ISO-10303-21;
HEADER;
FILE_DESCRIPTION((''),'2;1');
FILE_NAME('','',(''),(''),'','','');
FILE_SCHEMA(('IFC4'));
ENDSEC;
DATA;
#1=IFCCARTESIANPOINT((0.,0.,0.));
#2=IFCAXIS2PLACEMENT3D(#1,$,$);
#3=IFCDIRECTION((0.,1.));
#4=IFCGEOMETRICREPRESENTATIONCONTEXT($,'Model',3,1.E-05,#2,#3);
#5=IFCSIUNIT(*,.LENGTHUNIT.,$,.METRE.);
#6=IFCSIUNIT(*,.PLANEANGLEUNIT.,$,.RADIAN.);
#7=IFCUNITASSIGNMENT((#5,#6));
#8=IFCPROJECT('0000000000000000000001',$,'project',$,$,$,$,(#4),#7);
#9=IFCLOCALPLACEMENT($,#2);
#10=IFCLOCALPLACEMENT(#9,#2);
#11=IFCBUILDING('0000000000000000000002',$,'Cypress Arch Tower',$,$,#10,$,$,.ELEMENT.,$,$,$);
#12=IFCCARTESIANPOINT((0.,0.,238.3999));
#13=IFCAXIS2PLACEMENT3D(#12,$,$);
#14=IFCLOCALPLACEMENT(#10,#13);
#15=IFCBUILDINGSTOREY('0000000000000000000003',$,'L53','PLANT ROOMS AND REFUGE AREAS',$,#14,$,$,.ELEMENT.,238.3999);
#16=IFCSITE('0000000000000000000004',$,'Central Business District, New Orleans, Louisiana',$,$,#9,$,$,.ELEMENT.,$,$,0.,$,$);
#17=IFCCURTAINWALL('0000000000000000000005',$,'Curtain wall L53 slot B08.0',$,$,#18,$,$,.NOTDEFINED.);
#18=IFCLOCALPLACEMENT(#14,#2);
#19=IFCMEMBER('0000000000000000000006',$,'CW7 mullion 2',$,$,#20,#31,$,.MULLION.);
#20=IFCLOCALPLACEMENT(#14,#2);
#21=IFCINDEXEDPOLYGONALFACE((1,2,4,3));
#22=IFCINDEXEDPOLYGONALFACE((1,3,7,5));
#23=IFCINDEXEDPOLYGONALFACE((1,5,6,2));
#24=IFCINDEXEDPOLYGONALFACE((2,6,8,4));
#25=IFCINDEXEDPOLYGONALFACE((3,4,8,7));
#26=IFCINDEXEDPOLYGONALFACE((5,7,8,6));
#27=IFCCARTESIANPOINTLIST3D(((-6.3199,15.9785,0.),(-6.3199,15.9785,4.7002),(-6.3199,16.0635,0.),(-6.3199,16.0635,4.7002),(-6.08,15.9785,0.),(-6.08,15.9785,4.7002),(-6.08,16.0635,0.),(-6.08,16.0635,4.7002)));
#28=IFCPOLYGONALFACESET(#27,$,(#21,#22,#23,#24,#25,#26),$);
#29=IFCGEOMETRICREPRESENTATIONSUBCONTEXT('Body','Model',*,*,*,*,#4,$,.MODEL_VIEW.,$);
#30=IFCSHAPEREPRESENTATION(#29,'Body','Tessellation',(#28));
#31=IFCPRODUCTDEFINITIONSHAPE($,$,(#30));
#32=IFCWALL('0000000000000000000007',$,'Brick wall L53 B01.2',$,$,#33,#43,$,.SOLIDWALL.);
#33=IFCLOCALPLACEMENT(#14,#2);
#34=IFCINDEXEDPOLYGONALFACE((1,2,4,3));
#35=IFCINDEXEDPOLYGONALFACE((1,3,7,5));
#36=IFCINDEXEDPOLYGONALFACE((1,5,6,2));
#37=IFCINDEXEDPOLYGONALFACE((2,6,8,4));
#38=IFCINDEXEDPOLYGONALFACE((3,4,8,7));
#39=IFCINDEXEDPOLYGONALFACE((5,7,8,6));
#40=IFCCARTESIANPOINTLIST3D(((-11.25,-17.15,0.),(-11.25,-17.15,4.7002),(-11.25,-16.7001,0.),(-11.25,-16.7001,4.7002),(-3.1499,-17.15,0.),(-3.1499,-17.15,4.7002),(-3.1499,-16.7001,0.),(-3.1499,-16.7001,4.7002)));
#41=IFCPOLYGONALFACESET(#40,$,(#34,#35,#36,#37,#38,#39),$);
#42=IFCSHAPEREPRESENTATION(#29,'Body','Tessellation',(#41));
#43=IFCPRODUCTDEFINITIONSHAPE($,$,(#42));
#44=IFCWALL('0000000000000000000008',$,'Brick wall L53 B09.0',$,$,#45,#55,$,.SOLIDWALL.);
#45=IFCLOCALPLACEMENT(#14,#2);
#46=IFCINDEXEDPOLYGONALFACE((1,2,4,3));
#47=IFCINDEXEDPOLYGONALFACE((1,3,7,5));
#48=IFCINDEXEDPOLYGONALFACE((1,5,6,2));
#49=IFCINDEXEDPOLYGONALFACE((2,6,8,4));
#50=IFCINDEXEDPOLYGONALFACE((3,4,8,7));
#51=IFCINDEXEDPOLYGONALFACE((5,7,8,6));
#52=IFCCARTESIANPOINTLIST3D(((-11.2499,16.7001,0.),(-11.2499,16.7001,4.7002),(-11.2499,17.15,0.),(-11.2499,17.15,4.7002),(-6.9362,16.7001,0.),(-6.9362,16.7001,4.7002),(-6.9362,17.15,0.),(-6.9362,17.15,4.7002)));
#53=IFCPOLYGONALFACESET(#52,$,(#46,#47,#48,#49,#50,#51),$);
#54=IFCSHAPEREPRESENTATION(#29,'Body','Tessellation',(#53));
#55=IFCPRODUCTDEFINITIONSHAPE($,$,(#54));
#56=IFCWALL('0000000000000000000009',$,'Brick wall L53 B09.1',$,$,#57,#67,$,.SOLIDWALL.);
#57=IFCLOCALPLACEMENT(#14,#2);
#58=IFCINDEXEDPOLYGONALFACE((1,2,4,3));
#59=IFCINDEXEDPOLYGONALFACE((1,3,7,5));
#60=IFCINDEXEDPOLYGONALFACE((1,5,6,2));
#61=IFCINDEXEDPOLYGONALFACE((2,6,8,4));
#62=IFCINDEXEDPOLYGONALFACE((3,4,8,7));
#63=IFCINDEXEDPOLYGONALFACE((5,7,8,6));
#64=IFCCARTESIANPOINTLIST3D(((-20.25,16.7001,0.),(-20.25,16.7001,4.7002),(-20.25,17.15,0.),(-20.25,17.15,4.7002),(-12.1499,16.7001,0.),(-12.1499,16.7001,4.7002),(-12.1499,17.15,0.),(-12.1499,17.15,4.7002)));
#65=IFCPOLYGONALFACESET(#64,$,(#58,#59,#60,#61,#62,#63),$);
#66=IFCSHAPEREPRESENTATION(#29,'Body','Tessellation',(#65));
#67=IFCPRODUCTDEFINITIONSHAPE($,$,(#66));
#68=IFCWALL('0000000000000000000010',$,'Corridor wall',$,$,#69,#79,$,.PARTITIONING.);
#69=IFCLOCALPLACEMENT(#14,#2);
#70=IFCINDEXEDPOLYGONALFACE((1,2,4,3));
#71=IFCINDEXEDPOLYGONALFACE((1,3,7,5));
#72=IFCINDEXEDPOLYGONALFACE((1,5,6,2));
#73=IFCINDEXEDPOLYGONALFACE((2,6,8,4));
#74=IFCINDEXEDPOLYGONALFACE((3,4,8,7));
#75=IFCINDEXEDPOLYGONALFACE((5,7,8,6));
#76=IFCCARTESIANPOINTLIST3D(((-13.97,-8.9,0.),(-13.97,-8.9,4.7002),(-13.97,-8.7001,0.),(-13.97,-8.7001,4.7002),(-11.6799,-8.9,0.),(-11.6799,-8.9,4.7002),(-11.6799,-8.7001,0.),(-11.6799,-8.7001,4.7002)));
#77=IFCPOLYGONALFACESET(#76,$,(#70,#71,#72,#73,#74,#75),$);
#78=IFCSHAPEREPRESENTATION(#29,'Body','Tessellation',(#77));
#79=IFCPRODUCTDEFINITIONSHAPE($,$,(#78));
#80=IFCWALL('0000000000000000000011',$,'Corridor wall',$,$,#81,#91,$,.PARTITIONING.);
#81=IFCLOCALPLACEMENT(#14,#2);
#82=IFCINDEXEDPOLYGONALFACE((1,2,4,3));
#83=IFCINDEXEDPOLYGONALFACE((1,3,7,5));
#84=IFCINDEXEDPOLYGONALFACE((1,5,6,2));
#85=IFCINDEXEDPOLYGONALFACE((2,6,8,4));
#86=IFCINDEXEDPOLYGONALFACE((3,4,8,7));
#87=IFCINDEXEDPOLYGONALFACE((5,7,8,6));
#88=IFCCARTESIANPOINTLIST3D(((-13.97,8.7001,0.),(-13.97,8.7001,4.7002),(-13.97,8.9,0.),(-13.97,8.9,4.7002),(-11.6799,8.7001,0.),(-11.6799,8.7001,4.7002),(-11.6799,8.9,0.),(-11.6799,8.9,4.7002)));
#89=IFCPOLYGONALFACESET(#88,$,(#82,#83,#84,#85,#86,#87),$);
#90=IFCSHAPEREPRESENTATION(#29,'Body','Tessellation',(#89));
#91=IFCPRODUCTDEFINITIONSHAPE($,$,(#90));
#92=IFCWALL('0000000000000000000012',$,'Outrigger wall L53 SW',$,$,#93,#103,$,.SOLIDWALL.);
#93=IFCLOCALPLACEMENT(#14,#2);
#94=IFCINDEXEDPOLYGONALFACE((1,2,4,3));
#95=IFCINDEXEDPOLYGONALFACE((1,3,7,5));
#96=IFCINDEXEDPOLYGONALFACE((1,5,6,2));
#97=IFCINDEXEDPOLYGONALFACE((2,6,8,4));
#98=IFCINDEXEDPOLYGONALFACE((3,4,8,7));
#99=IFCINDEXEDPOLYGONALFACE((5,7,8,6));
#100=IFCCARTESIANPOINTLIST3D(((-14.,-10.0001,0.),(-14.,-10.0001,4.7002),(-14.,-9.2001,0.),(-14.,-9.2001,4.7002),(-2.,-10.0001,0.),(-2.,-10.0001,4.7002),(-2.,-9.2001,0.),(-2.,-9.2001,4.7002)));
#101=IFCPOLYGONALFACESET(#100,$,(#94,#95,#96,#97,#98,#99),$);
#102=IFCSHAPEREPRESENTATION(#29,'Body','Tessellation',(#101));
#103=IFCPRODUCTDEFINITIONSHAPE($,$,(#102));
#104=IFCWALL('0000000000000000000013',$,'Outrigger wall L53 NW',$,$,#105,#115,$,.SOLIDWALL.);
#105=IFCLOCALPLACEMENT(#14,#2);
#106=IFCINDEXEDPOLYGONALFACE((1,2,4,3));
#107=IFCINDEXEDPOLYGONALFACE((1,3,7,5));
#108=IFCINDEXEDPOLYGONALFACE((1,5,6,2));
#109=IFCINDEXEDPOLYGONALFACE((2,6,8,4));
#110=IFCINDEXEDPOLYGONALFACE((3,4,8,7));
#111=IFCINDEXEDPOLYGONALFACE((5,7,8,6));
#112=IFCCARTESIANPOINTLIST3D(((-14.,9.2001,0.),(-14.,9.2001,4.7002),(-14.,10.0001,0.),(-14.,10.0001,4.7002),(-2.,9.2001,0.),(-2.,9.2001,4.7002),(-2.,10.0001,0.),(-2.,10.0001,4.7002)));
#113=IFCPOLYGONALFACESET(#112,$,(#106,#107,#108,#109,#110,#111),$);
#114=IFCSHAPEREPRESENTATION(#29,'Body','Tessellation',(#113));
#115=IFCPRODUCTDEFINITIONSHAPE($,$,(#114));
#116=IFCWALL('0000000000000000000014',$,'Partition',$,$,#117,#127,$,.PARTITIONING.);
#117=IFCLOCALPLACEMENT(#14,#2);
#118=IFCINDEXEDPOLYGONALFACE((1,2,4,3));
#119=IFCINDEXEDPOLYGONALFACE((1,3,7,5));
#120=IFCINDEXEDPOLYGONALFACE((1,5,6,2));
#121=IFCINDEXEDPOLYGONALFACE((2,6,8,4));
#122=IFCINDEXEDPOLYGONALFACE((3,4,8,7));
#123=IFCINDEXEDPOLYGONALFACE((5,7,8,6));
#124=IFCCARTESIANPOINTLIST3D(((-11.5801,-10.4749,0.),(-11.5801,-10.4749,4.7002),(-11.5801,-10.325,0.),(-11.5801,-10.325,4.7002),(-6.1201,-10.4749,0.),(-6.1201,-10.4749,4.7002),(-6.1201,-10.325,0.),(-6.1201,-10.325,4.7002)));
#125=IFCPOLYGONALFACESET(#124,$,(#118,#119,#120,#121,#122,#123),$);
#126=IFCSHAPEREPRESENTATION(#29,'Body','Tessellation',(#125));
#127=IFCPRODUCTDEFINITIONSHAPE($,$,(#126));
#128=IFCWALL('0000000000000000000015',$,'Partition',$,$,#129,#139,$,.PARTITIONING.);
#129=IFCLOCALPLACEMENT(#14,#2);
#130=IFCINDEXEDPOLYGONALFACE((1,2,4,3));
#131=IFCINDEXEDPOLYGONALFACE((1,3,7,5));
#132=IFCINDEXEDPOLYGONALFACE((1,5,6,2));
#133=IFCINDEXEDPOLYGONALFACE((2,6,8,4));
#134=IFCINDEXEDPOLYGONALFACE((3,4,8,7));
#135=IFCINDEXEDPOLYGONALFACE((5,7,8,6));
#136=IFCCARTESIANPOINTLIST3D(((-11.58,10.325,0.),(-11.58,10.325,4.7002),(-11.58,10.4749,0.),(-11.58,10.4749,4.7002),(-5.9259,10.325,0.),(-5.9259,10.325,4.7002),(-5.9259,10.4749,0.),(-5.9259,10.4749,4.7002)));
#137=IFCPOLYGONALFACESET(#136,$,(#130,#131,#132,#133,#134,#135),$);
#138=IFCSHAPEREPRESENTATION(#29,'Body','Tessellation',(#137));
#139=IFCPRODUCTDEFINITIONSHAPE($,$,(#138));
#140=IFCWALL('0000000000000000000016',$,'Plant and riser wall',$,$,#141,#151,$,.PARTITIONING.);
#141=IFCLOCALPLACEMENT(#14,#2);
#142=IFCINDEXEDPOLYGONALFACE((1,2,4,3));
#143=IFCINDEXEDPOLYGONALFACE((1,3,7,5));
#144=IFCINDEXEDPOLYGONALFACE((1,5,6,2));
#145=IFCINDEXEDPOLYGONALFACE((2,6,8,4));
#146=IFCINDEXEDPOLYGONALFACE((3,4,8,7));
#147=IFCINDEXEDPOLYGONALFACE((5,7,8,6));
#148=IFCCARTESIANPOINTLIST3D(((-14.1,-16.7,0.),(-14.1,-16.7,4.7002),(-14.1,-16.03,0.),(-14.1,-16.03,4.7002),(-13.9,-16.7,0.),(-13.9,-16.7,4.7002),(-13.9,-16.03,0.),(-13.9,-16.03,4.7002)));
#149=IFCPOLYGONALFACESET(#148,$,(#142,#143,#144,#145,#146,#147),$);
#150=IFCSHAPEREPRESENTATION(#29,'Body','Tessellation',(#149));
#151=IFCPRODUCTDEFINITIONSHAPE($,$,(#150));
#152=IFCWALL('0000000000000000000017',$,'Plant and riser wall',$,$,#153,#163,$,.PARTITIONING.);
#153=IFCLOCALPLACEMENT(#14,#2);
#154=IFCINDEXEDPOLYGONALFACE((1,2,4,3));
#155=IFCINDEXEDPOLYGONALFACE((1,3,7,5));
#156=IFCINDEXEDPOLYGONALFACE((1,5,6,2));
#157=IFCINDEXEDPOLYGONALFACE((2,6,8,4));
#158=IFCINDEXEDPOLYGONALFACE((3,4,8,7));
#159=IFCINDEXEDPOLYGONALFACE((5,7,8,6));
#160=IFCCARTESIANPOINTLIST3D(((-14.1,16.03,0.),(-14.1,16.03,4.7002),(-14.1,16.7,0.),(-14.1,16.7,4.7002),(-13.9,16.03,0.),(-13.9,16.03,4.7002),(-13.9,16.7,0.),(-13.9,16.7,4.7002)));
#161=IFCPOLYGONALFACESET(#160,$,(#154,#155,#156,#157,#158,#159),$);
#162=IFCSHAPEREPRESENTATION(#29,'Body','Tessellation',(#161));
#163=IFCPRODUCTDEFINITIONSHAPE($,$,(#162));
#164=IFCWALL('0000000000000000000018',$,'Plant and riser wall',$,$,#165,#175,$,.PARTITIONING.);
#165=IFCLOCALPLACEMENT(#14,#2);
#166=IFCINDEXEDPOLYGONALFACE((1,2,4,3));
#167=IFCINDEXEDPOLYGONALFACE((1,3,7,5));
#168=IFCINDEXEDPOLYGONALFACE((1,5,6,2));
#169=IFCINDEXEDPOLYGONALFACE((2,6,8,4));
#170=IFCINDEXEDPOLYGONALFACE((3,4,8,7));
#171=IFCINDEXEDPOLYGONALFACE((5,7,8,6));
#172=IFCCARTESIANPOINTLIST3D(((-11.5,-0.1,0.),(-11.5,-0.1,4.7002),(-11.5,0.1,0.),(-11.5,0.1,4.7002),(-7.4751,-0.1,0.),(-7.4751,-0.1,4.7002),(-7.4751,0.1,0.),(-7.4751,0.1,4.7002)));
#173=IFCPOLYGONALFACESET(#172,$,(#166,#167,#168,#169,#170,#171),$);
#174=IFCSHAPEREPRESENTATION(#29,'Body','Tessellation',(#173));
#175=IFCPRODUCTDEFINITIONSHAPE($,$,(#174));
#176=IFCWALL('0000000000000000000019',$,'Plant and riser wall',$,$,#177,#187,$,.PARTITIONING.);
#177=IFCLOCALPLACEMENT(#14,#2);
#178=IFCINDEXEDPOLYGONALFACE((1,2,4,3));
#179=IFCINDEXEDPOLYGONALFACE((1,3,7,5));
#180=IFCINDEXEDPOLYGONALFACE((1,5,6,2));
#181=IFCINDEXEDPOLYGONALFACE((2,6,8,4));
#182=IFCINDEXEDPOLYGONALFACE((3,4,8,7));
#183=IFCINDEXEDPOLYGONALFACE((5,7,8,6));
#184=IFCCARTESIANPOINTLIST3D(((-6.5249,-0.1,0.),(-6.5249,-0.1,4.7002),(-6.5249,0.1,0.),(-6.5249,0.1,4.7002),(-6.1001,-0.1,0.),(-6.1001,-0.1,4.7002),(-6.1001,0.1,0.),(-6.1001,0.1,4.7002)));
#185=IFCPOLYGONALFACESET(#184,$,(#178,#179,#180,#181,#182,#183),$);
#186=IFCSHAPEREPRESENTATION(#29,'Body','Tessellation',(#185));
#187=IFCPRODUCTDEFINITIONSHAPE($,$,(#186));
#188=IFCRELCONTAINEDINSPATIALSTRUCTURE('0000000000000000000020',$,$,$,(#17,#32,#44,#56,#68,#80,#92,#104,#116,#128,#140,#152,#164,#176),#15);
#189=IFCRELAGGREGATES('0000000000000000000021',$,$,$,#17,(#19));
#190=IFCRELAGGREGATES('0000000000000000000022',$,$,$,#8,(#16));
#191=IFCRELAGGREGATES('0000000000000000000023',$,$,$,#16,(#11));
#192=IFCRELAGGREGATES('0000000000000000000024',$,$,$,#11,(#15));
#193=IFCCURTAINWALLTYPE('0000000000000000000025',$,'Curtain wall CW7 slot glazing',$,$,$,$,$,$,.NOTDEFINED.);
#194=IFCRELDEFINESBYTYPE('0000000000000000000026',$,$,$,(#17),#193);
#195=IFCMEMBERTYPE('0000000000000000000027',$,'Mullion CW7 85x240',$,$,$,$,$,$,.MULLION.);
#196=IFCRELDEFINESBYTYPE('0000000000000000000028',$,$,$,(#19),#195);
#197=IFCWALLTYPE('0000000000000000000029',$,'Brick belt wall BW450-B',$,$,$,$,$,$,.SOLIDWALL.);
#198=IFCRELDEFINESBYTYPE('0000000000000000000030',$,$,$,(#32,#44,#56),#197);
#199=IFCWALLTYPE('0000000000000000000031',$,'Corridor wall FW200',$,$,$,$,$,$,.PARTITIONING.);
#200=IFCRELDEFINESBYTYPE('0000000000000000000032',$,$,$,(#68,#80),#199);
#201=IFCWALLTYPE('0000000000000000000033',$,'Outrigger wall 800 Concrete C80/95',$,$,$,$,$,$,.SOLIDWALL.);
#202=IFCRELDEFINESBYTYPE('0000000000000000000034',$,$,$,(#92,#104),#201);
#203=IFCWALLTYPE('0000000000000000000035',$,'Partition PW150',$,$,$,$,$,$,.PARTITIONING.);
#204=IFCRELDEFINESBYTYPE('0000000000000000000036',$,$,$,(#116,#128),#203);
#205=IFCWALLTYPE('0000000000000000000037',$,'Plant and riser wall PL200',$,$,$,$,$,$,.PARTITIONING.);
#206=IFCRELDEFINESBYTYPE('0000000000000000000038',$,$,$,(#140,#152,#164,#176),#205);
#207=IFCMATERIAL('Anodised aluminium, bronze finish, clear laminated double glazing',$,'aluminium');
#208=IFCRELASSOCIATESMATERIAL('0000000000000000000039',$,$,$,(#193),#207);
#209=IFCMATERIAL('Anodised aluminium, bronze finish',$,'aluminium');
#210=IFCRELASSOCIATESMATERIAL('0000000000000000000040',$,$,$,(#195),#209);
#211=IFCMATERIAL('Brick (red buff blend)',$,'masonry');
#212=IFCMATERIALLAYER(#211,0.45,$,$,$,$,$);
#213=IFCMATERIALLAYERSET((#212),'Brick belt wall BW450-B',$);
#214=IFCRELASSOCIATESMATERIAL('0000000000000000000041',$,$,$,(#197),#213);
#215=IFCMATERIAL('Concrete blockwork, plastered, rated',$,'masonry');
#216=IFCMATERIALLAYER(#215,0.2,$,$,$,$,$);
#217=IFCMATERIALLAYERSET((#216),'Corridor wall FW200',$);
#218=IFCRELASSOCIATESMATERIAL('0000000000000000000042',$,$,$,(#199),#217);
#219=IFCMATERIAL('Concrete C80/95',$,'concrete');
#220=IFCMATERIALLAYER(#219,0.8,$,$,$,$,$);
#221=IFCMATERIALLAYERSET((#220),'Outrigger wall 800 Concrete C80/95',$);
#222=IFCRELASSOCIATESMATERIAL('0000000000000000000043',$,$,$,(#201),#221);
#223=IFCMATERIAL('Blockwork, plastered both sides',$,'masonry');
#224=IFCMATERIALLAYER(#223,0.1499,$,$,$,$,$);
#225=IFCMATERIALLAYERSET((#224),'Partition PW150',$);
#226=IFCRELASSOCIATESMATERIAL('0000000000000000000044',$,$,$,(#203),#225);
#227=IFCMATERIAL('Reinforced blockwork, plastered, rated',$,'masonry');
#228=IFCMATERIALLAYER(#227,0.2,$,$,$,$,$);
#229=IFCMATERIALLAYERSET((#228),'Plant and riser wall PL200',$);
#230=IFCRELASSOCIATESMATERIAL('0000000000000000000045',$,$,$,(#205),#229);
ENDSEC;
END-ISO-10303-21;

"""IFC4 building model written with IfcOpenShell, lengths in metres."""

from ifc_helpers import new_model, si_unit, direction, frame, frame_2d, origin, origin_2d, place, context, subcontext, project, spatial, rectangle, extrude, material, layer, layer_set, material_profile, profile_set, type_object, element, aggregate, save


model = new_model("IFC4")

# Units and contexts
model_context = context("Model", 3, precision=1e-05, world=origin(), true_north=direction((0.0, 1.0)))
body_context = subcontext(model_context, "Body", "Model", "MODEL_VIEW")
ifc_project = project(units=[si_unit("LENGTHUNIT", "METRE"), si_unit("PLANEANGLEUNIT", "RADIAN")], contexts=[model_context])

# Site, building, storey
site_placement = place(None, origin())
site = spatial("IfcSite", under=ifc_project, at=site_placement, Name="Central Business District, New Orleans, Louisiana", CompositionType="ELEMENT", RefElevation=0.0)
building_placement = place(site_placement, origin())
building = spatial("IfcBuilding", under=site, at=building_placement, Name="Cypress Arch Tower", CompositionType="ELEMENT")
storey_placement = place(building_placement, frame((0.0, 0.0, 238.3999)))
storey = spatial("IfcBuildingStorey", under=building, at=storey_placement, Name="L53", Description="PLANT ROOMS AND REFUGE AREAS", CompositionType="ELEMENT", Elevation=238.3999)

# Curtain wall, member
ifc_material_1 = material(Name="Anodised aluminium, bronze finish, clear laminated double glazing", Category="aluminium")
curtain_wall_type = type_object("IfcCurtainWallType", Name="Curtain wall CW7 slot glazing", PredefinedType="NOTDEFINED", material=ifc_material_1)
curtain_wall_placement = place(storey_placement, origin())
curtain_wall = element("IfcCurtainWall", 1, at=curtain_wall_placement, inside=storey, type_object=curtain_wall_type, Name="Curtain wall L53 slot B08.0", PredefinedType="NOTDEFINED")
ifc_material_2 = material(Name="Anodised aluminium, bronze finish", Category="aluminium")
ifc_material_profile_1 = material_profile(ifc_material_2, rectangle(XDim=0.24, YDim=0.085, at=origin_2d()), Name="Mullion 85x240")
ifc_profile_set_1 = profile_set([ifc_material_profile_1], Name="Anodised aluminium, bronze finish")
member_type = type_object("IfcMemberType", Name="Mullion CW7 85x240", PredefinedType="MULLION", material=ifc_profile_set_1)
member_1_placement = place(storey_placement, frame((-6.2, 16.021, 0.0), z_axis=(0.0, 0.0, 1.0), x_axis=(-1.0, 0.0, 0.0)))
member_1 = element("IfcMember", 2, at=member_1_placement, type_object=member_type, Name="CW7 mullion 2", PredefinedType="MULLION", context=body_context, shape_type="SweptSolid", body=[
    extrude(rectangle(XDim=0.24, YDim=0.085, at=origin_2d()), origin(), (0.0, 0.0, 1.0), 4.7002),
])
aggregate(curtain_wall, [member_1])

# Walls
ifc_material_3 = material(Name="Brick (red buff blend)", Category="masonry")
ifc_layer_1 = layer(ifc_material_3, 0.45)
ifc_layer_set_1 = layer_set([ifc_layer_1], Name="Brick belt wall BW450-B")
wall_type_1 = type_object("IfcWallType", Name="Brick belt wall BW450-B", PredefinedType="SOLIDWALL", material=ifc_layer_set_1)
wall_1_placement = place(storey_placement, frame((-11.25, -16.925, 0.0), z_axis=(0.0, 0.0, 1.0), x_axis=(1.0, 0.0, 0.0)))
element("IfcWall", 3, at=wall_1_placement, inside=storey, type_object=wall_type_1, Name="Brick wall L53 B01.2", PredefinedType="SOLIDWALL", context=body_context, shape_type="SweptSolid", body=[
    extrude(rectangle(XDim=8.1001, YDim=0.45, at=frame_2d((4.05, 0.0))), origin(), (0.0, 0.0, 1.0), 4.7002),
])
wall_2_placement = place(storey_placement, frame((-6.9363, 16.925, 0.0), z_axis=(0.0, 0.0, 1.0), x_axis=(-1.0, 0.0, 0.0)))
element("IfcWall", 4, at=wall_2_placement, inside=storey, type_object=wall_type_1, Name="Brick wall L53 B09.0", PredefinedType="SOLIDWALL", context=body_context, shape_type="SweptSolid", body=[
    extrude(rectangle(XDim=4.3137, YDim=0.45, at=frame_2d((2.1567, 0.0))), origin(), (0.0, 0.0, 1.0), 4.7002),
])
wall_3_placement = place(storey_placement, frame((-12.1499, 16.925, 0.0), z_axis=(0.0, 0.0, 1.0), x_axis=(-1.0, 0.0, 0.0)))
element("IfcWall", 5, at=wall_3_placement, inside=storey, type_object=wall_type_1, Name="Brick wall L53 B09.1", PredefinedType="SOLIDWALL", context=body_context, shape_type="SweptSolid", body=[
    extrude(rectangle(XDim=8.1001, YDim=0.45, at=frame_2d((4.05, 0.0))), origin(), (0.0, 0.0, 1.0), 4.7002),
])
ifc_material_4 = material(Name="Concrete blockwork, plastered, rated", Category="masonry")
ifc_layer_2 = layer(ifc_material_4, 0.2)
ifc_layer_set_2 = layer_set([ifc_layer_2], Name="Corridor wall FW200")
wall_type_2 = type_object("IfcWallType", Name="Corridor wall FW200", PredefinedType="PARTITIONING", material=ifc_layer_set_2)
for number, where, z_axis, x_axis, name in (
    (6, (-13.97, -8.8, 0.0), (0.0, 0.0, 1.0), (1.0, 0.0, 0.0), "Corridor wall"),
    (7, (-13.97, 8.8, 0.0), (0.0, 0.0, 1.0), (1.0, 0.0, 0.0), "Corridor wall"),
):
    element("IfcWall", number, at=place(storey_placement, frame(where, z_axis=z_axis, x_axis=x_axis)), inside=storey, type_object=wall_type_2, Name=name, PredefinedType="PARTITIONING", context=body_context, shape_type="SweptSolid", body=[
        extrude(rectangle(XDim=2.29, YDim=0.2, at=frame_2d((1.145, 0.0))), origin(), (0.0, 0.0, 1.0), 4.7002),
    ])

# Walls
ifc_material_5 = material(Name="Concrete C80/95", Category="concrete")
ifc_layer_3 = layer(ifc_material_5, 0.8)
ifc_layer_set_3 = layer_set([ifc_layer_3], Name="Outrigger wall 800 Concrete C80/95")
wall_type_3 = type_object("IfcWallType", Name="Outrigger wall 800 Concrete C80/95", PredefinedType="SOLIDWALL", material=ifc_layer_set_3)
for number, where, z_axis, x_axis, name in (
    (8, (-14.0, -9.6001, 0.0), (0.0, 0.0, 1.0), (1.0, 0.0, 0.0), "Outrigger wall L53 SW"),
    (9, (-14.0, 9.6001, 0.0), (0.0, 0.0, 1.0), (1.0, 0.0, 0.0), "Outrigger wall L53 NW"),
):
    element("IfcWall", number, at=place(storey_placement, frame(where, z_axis=z_axis, x_axis=x_axis)), inside=storey, type_object=wall_type_3, Name=name, PredefinedType="SOLIDWALL", context=body_context, shape_type="SweptSolid", body=[
        extrude(rectangle(XDim=12.0, YDim=0.8, at=frame_2d((6.0, 0.0))), origin(), (0.0, 0.0, 1.0), 4.7002),
    ])
ifc_material_6 = material(Name="Blockwork, plastered both sides", Category="masonry")
ifc_layer_4 = layer(ifc_material_6, 0.1499)
ifc_layer_set_4 = layer_set([ifc_layer_4], Name="Partition PW150")
wall_type_4 = type_object("IfcWallType", Name="Partition PW150", PredefinedType="PARTITIONING", material=ifc_layer_set_4)
wall_4_placement = place(storey_placement, frame((-11.5801, -10.3999, 0.0), z_axis=(0.0, 0.0, 1.0), x_axis=(1.0, 0.0, 0.0)))
element("IfcWall", 10, at=wall_4_placement, inside=storey, type_object=wall_type_4, Name="Partition", PredefinedType="PARTITIONING", context=body_context, shape_type="SweptSolid", body=[
    extrude(rectangle(XDim=5.46, YDim=0.1499, at=frame_2d((2.73, 0.0))), origin(), (0.0, 0.0, 1.0), 4.7002),
])
wall_5_placement = place(storey_placement, frame((-11.5801, 10.3999, 0.0), z_axis=(0.0, 0.0, 1.0), x_axis=(1.0, 0.0, 0.0)))
element("IfcWall", 11, at=wall_5_placement, inside=storey, type_object=wall_type_4, Name="Partition", PredefinedType="PARTITIONING", context=body_context, shape_type="SweptSolid", body=[
    extrude(rectangle(XDim=5.6541, YDim=0.1499, at=frame_2d((2.8271, 0.0))), origin(), (0.0, 0.0, 1.0), 4.7002),
])
ifc_material_7 = material(Name="Reinforced blockwork, plastered, rated", Category="masonry")
ifc_layer_5 = layer(ifc_material_7, 0.2)
ifc_layer_set_5 = layer_set([ifc_layer_5], Name="Plant and riser wall PL200")
wall_type_5 = type_object("IfcWallType", Name="Plant and riser wall PL200", PredefinedType="PARTITIONING", material=ifc_layer_set_5)
for number, where, z_axis, x_axis, name in (
    (12, (-14.0, -16.7, 0.0), (0.0, 0.0, 1.0), (0.0, 1.0, 0.0), "Plant and riser wall"),
    (13, (-14.0, 16.03, 0.0), (0.0, 0.0, 1.0), (0.0, 1.0, 0.0), "Plant and riser wall"),
):
    element("IfcWall", number, at=place(storey_placement, frame(where, z_axis=z_axis, x_axis=x_axis)), inside=storey, type_object=wall_type_5, Name=name, PredefinedType="PARTITIONING", context=body_context, shape_type="SweptSolid", body=[
        extrude(rectangle(XDim=0.6699, YDim=0.2, at=frame_2d((0.335, 0.0))), origin(), (0.0, 0.0, 1.0), 4.7002),
    ])

# Walls
wall_6_placement = place(storey_placement, frame((-11.5, 0.0, 0.0), z_axis=(0.0, 0.0, 1.0), x_axis=(1.0, 0.0, 0.0)))
element("IfcWall", 14, at=wall_6_placement, inside=storey, type_object=wall_type_5, Name="Plant and riser wall", PredefinedType="PARTITIONING", context=body_context, shape_type="SweptSolid", body=[
    extrude(rectangle(XDim=4.0249, YDim=0.2, at=frame_2d((2.0125, 0.0))), origin(), (0.0, 0.0, 1.0), 4.7002),
])
wall_7_placement = place(storey_placement, frame((-6.5249, 0.0, 0.0), z_axis=(0.0, 0.0, 1.0), x_axis=(1.0, 0.0, 0.0)))
element("IfcWall", 15, at=wall_7_placement, inside=storey, type_object=wall_type_5, Name="Plant and riser wall", PredefinedType="PARTITIONING", context=body_context, shape_type="SweptSolid", body=[
    extrude(rectangle(XDim=0.4248, YDim=0.2, at=frame_2d((0.2124, 0.0))), origin(), (0.0, 0.0, 1.0), 4.7002),
])

save(model, "model.ifc")
